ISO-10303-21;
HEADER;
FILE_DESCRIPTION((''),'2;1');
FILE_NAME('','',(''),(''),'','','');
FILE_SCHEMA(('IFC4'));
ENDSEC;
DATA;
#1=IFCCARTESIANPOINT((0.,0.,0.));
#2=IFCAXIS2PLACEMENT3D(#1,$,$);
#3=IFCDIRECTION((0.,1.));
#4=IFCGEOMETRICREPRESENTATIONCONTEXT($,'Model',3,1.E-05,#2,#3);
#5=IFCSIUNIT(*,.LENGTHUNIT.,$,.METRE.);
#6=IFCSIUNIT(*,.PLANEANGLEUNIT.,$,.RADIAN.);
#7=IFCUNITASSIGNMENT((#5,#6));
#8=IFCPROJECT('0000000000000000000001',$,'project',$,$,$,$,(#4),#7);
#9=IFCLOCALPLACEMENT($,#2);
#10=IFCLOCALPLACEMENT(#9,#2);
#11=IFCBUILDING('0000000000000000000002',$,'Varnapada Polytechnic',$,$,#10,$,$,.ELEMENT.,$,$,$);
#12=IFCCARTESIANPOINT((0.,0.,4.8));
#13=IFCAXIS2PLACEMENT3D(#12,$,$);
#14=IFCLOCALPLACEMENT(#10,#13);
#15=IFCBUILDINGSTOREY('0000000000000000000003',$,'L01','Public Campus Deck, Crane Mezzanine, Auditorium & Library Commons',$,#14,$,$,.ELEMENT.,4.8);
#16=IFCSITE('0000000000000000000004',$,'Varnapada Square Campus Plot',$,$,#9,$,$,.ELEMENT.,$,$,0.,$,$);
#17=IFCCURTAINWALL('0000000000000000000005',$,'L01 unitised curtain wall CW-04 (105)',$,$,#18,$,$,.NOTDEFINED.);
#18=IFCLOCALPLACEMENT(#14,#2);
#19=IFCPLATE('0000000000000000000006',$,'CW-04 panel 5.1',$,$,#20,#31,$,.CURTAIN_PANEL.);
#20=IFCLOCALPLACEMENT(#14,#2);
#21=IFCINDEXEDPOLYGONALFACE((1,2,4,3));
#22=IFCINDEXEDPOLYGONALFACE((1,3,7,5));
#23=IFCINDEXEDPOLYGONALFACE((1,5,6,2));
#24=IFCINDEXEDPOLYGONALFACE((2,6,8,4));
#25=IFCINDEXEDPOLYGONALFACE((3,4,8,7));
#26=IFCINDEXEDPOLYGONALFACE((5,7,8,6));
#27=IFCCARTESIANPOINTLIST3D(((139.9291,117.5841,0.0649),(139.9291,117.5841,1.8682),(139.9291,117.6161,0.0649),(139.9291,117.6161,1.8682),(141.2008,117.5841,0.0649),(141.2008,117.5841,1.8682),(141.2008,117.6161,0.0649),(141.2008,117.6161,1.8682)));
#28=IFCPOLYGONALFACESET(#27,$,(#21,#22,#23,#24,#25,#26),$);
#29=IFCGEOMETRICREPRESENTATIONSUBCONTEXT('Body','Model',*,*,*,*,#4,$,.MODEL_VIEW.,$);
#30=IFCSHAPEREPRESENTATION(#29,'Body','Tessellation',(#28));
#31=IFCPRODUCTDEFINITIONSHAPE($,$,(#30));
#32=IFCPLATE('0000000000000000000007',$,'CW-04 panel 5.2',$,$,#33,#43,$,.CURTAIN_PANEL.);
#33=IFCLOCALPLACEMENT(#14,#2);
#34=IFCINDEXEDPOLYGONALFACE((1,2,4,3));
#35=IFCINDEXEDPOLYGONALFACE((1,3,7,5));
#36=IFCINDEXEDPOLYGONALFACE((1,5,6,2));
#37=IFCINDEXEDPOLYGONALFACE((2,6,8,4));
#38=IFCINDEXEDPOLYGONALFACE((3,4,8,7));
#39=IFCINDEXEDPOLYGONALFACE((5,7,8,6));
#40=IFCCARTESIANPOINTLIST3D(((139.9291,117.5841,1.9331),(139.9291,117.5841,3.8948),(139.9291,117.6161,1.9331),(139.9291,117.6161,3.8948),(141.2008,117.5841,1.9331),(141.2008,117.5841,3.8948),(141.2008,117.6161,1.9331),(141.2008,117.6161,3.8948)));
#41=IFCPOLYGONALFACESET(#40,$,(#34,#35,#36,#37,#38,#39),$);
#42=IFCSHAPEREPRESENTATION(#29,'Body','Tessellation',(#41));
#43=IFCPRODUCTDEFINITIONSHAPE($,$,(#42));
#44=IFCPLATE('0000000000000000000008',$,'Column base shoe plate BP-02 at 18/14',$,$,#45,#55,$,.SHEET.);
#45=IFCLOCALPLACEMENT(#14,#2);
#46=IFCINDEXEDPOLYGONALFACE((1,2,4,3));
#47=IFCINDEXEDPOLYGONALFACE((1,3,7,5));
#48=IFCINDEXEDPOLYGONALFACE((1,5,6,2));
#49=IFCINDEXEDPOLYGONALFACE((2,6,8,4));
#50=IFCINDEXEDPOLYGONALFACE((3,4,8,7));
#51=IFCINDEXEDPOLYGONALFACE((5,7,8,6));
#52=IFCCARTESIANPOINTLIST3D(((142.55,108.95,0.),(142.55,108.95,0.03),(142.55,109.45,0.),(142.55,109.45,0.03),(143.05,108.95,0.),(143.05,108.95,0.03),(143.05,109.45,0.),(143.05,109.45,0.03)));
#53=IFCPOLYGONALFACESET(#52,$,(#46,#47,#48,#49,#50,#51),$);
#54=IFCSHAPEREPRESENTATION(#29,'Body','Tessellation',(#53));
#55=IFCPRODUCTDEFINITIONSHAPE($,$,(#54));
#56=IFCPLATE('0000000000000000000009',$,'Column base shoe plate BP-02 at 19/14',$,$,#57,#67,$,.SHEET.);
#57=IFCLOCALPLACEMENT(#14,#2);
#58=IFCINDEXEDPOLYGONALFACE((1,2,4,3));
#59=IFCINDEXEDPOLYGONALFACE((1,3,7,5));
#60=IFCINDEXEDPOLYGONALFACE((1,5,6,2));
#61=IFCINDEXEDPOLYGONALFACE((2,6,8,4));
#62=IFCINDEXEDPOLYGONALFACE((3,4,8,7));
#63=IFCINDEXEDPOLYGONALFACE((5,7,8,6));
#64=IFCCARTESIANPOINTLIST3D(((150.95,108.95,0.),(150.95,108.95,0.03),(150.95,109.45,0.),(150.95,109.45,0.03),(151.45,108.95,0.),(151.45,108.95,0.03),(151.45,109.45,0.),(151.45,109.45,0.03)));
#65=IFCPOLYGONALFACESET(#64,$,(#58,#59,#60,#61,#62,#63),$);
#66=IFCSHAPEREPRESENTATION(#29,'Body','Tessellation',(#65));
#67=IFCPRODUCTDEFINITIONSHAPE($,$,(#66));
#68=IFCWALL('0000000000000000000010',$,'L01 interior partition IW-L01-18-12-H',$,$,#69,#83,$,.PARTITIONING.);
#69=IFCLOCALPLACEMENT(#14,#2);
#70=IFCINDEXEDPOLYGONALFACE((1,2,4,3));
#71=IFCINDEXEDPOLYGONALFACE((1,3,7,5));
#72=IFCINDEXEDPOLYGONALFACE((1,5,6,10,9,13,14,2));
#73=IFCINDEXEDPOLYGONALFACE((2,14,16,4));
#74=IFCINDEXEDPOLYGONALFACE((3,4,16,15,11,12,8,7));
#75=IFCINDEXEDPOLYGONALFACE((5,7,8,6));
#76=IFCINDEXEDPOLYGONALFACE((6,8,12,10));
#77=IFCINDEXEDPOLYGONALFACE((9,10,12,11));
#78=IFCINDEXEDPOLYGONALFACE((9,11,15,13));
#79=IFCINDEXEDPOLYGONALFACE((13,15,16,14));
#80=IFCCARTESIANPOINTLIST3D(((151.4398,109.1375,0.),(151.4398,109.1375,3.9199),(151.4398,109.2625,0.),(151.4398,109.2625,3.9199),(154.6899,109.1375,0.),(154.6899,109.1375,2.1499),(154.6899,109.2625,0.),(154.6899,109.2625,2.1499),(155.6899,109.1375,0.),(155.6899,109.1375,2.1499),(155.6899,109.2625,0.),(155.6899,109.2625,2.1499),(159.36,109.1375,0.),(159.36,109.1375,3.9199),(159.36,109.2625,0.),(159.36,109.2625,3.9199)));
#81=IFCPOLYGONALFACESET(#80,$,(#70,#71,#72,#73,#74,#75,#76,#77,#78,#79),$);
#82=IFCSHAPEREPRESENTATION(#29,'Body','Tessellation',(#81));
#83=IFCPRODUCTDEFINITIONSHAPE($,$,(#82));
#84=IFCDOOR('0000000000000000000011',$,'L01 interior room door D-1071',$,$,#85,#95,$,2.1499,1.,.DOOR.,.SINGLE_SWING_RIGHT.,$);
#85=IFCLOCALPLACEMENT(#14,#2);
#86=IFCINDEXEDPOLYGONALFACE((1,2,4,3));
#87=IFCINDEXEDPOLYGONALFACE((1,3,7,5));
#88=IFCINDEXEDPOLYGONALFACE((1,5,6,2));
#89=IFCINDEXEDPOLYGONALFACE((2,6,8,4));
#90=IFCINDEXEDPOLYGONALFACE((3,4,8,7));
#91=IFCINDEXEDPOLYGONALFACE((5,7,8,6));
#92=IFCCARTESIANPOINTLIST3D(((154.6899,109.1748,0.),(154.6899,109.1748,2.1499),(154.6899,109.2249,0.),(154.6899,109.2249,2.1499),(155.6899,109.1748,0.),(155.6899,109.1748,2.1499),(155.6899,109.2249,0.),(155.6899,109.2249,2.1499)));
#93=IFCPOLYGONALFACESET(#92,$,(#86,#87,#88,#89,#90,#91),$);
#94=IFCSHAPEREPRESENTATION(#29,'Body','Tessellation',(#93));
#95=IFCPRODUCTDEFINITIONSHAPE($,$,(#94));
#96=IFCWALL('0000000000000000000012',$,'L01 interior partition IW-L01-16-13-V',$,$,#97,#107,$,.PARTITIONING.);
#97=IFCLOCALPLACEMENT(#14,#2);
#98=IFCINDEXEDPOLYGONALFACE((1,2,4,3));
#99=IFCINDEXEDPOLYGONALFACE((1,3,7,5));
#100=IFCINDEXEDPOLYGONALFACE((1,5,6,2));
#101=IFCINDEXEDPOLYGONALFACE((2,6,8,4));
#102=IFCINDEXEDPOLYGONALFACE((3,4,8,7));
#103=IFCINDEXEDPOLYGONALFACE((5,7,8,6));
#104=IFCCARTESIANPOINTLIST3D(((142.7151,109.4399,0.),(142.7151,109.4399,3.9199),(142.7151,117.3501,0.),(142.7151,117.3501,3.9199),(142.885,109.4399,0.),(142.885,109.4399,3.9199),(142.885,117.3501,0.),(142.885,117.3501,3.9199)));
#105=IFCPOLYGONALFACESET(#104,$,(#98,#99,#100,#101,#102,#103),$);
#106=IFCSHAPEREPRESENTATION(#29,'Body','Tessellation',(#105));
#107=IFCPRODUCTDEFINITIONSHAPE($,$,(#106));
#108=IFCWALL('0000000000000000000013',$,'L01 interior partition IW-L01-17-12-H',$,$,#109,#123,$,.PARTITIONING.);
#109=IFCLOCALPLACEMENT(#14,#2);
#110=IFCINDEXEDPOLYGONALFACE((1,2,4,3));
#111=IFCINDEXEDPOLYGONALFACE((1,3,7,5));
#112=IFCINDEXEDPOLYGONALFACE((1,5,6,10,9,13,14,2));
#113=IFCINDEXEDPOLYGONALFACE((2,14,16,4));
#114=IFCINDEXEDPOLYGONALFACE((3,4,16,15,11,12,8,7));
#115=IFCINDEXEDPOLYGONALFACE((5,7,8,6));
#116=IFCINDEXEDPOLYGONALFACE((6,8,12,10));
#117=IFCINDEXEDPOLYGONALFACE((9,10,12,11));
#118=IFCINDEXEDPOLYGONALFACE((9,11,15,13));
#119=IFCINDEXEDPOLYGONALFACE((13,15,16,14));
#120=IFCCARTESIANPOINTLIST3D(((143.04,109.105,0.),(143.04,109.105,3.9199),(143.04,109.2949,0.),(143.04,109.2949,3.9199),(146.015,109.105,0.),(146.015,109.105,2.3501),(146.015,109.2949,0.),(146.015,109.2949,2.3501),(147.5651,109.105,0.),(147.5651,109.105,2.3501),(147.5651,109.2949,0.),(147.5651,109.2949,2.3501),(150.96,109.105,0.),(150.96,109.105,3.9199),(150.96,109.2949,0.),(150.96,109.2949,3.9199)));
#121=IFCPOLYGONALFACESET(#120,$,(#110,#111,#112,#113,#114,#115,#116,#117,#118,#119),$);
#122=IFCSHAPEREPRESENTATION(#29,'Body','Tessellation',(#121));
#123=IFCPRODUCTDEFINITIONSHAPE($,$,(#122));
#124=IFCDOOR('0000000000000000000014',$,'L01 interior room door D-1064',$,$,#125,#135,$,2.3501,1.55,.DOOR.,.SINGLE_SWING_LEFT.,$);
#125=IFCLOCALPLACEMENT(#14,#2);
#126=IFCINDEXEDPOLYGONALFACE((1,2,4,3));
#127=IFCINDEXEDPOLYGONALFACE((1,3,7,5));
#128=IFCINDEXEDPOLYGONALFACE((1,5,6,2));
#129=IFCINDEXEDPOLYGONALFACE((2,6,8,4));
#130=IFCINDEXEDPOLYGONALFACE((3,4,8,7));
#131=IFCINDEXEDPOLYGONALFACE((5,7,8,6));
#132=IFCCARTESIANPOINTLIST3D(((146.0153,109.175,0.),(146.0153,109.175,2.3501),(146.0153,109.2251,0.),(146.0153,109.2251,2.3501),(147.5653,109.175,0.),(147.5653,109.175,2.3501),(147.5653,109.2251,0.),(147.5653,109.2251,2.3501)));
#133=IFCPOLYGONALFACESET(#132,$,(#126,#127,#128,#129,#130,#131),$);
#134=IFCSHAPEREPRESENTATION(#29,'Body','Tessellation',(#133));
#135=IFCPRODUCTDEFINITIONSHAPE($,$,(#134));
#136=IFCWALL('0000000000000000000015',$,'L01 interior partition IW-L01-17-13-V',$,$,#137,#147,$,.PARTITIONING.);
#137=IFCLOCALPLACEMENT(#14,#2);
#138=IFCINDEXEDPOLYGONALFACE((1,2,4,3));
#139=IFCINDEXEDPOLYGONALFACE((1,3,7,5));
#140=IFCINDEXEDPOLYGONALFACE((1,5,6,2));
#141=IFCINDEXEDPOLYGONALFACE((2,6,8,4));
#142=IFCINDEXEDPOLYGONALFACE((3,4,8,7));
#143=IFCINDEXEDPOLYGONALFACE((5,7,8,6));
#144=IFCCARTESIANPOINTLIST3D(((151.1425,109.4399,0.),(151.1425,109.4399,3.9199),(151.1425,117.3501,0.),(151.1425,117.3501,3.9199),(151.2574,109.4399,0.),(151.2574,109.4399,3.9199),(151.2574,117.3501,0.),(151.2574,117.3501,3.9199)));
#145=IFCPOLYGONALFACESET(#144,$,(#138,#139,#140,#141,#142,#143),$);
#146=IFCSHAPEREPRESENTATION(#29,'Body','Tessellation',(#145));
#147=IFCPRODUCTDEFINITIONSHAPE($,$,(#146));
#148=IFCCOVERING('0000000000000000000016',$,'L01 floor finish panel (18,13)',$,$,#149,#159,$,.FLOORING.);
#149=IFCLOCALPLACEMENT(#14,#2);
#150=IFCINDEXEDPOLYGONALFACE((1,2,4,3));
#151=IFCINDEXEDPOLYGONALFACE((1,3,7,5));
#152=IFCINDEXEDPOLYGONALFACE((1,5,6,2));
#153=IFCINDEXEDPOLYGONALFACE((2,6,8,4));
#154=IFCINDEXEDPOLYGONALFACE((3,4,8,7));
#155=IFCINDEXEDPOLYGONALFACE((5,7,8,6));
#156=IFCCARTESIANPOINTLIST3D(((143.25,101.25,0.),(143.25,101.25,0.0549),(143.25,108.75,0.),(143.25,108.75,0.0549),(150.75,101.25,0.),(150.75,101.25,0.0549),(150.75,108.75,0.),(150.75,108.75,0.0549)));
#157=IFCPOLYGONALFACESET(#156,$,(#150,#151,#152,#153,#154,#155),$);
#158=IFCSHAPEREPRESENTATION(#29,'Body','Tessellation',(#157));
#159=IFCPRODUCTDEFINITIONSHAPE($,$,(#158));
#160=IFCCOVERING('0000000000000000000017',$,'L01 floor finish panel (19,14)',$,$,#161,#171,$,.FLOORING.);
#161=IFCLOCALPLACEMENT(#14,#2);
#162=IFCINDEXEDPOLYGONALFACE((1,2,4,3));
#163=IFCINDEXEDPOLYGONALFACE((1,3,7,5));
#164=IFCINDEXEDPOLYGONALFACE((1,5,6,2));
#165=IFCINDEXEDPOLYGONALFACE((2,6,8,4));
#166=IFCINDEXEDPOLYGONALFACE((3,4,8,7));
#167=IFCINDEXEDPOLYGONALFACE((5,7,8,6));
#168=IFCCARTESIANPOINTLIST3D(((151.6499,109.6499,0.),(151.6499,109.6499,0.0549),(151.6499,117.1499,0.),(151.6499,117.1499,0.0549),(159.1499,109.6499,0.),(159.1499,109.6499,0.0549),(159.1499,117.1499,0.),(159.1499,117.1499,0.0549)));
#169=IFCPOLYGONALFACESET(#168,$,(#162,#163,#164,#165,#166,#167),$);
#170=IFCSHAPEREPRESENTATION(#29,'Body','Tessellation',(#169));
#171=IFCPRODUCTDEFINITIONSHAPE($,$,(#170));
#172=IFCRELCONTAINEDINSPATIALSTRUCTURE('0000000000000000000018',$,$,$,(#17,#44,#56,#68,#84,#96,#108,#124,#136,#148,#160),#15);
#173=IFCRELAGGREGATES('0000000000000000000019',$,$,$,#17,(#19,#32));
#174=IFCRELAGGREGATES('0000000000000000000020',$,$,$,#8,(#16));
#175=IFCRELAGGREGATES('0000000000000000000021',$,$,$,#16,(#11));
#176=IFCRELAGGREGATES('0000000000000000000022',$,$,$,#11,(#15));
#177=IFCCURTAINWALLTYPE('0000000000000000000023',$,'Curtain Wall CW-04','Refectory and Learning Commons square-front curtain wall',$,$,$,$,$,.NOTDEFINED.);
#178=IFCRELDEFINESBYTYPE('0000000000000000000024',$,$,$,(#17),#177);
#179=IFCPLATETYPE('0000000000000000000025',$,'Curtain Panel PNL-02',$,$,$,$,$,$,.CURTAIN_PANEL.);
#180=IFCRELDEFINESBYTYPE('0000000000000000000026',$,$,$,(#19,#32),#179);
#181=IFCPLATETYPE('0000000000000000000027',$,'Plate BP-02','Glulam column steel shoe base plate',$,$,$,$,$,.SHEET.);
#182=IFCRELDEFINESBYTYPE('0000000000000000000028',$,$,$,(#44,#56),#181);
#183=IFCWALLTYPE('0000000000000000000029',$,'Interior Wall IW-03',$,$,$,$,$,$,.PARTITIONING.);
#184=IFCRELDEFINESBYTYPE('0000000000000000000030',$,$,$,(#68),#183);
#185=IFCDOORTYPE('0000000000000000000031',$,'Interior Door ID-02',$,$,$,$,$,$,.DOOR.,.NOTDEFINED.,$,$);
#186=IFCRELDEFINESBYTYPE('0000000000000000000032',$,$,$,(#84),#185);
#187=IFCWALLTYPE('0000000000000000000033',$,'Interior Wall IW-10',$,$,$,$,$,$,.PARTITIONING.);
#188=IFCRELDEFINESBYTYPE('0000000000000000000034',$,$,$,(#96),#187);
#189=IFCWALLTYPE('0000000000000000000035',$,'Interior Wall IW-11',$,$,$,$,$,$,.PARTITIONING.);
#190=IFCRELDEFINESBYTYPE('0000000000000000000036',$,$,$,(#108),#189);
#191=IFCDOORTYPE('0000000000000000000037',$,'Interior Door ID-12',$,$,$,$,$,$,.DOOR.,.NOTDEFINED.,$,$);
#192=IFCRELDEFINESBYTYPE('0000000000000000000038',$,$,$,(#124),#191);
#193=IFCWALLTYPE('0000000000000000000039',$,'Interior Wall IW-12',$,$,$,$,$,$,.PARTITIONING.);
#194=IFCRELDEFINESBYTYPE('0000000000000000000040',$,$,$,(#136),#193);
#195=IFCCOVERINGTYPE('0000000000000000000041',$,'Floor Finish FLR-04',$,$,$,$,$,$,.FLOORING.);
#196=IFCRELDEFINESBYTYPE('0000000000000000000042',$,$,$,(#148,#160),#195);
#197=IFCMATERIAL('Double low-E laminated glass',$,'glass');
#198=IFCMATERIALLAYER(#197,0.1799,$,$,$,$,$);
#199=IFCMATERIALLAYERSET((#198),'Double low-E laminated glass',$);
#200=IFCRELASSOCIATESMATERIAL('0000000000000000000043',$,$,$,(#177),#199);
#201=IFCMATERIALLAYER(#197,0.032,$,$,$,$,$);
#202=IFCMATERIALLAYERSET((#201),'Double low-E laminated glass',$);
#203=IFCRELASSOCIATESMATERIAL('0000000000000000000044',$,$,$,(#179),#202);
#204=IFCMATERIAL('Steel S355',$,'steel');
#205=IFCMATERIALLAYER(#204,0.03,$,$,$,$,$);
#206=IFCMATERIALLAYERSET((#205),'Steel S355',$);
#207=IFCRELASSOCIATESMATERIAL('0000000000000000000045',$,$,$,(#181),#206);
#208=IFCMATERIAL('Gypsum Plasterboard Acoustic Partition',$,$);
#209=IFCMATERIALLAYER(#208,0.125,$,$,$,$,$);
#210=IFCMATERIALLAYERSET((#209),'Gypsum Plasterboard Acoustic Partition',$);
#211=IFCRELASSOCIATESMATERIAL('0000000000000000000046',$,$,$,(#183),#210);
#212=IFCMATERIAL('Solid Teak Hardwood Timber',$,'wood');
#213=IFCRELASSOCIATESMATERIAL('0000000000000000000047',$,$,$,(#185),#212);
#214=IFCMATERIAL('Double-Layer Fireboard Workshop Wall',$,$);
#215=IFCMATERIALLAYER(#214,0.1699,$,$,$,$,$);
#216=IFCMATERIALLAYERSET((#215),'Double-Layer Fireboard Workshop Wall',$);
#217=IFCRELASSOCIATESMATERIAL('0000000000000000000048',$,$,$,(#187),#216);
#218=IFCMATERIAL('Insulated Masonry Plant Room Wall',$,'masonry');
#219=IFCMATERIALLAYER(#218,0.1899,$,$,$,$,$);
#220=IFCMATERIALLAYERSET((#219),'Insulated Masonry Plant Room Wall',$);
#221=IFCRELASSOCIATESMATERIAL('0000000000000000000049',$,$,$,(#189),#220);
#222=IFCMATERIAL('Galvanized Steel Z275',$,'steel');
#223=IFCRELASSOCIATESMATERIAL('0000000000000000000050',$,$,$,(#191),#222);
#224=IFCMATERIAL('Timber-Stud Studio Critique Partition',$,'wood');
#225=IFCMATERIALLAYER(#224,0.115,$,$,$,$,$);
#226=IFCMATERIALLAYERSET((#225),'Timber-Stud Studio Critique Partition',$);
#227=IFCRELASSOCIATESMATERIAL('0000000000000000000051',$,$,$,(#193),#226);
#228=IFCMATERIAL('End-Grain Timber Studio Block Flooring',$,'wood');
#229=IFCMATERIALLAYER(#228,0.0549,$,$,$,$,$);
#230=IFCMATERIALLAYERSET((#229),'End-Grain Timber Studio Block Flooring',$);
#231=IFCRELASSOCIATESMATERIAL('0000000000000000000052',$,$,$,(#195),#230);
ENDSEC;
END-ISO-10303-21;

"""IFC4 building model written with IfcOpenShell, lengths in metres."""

from ifc_helpers import new_model, si_unit, direction, frame, frame_2d, origin, origin_2d, place, context, subcontext, project, spatial, rectangle, extrude, material, layer, layer_set, type_object, element, fill, aggregate, save


model = new_model("IFC4")

# Units and contexts
model_context = context("Model", 3, precision=1e-05, world=origin(), true_north=direction((0.0, 1.0)))
body_context = subcontext(model_context, "Body", "Model", "MODEL_VIEW")
ifc_project = project(units=[si_unit("LENGTHUNIT", "METRE"), si_unit("PLANEANGLEUNIT", "RADIAN")], contexts=[model_context])

# Site, building, storey
site_placement = place(None, origin())
site = spatial("IfcSite", under=ifc_project, at=site_placement, Name="Varnapada Square Campus Plot", CompositionType="ELEMENT", RefElevation=0.0)
building_placement = place(site_placement, origin())
building = spatial("IfcBuilding", under=site, at=building_placement, Name="Varnapada Polytechnic", CompositionType="ELEMENT")
storey_placement = place(building_placement, frame((0.0, 0.0, 4.8)))
storey = spatial("IfcBuildingStorey", under=building, at=storey_placement, Name="L01", Description="Public Campus Deck, Crane Mezzanine, Auditorium & Library Commons", CompositionType="ELEMENT", Elevation=4.8)

# Curtain wall
ifc_material_1 = material(Name="Double low-E laminated glass", Category="glass")
ifc_layer_1 = layer(ifc_material_1, 0.1799)
ifc_layer_set_1 = layer_set([ifc_layer_1], Name="Double low-E laminated glass")
curtain_wall_type = type_object("IfcCurtainWallType", Name="Curtain Wall CW-04", Description="Refectory and Learning Commons square-front curtain wall", PredefinedType="NOTDEFINED", material=ifc_layer_set_1)
curtain_wall_placement = place(storey_placement, origin())
curtain_wall = element("IfcCurtainWall", 1, at=curtain_wall_placement, inside=storey, type_object=curtain_wall_type, Name="L01 unitised curtain wall CW-04 (105)", PredefinedType="NOTDEFINED")

# Plates
ifc_layer_2 = layer(ifc_material_1, 0.032)
ifc_layer_set_2 = layer_set([ifc_layer_2], Name="Double low-E laminated glass")
plate_type_1 = type_object("IfcPlateType", Name="Curtain Panel PNL-02", PredefinedType="CURTAIN_PANEL", material=ifc_layer_set_2)
plate_1_placement = place(storey_placement, frame((140.5649, 117.6001, 0.0649), z_axis=(0.0, 0.0, 1.0), x_axis=(1.0, 0.0, 0.0)))
plate_1 = element("IfcPlate", 2, at=plate_1_placement, type_object=plate_type_1, Name="CW-04 panel 5.1", PredefinedType="CURTAIN_PANEL", context=body_context, shape_type="SweptSolid", body=[
    extrude(rectangle(XDim=1.2717, YDim=0.032, at=origin_2d()), origin(), (0.0, 0.0, 1.0), 1.8032),
])
plate_2_placement = place(storey_placement, frame((140.5649, 117.6001, 1.9331), z_axis=(0.0, 0.0, 1.0), x_axis=(1.0, 0.0, 0.0)))
plate_2 = element("IfcPlate", 3, at=plate_2_placement, type_object=plate_type_1, Name="CW-04 panel 5.2", PredefinedType="CURTAIN_PANEL", context=body_context, shape_type="SweptSolid", body=[
    extrude(rectangle(XDim=1.2717, YDim=0.032, at=origin_2d()), origin(), (0.0, 0.0, 1.0), 1.9617),
])
aggregate(curtain_wall, [plate_1, plate_2])

# Plates
ifc_material_2 = material(Name="Steel S355", Category="steel")
ifc_layer_3 = layer(ifc_material_2, 0.03)
ifc_layer_set_3 = layer_set([ifc_layer_3], Name="Steel S355")
plate_type_2 = type_object("IfcPlateType", Name="Plate BP-02", Description="Glulam column steel shoe base plate", PredefinedType="SHEET", material=ifc_layer_set_3)
for number, where, z_axis, x_axis, name in (
    (4, (142.8, 109.2, 0.0), (0.0, 0.0, 1.0), (1.0, 0.0, 0.0), "Column base shoe plate BP-02 at 18/14"),
    (5, (151.2, 109.2, 0.0), (0.0, 0.0, 1.0), (1.0, 0.0, 0.0), "Column base shoe plate BP-02 at 19/14"),
):
    element("IfcPlate", number, at=place(storey_placement, frame(where, z_axis=z_axis, x_axis=x_axis)), inside=storey, type_object=plate_type_2, Name=name, PredefinedType="SHEET", context=body_context, shape_type="SweptSolid", body=[
        extrude(rectangle(XDim=0.5, YDim=0.5, at=origin_2d()), origin(), (0.0, 0.0, 1.0), 0.03),
    ])

# Wall, opening, door
ifc_material_3 = material(Name="Gypsum Plasterboard Acoustic Partition")
ifc_layer_4 = layer(ifc_material_3, 0.125)
ifc_layer_set_4 = layer_set([ifc_layer_4], Name="Gypsum Plasterboard Acoustic Partition")
wall_type_1 = type_object("IfcWallType", Name="Interior Wall IW-03", PredefinedType="PARTITIONING", material=ifc_layer_set_4)
wall_1_placement = place(storey_placement, frame((151.4399, 109.2, 0.0), z_axis=(0.0, 0.0, 1.0), x_axis=(1.0, 0.0, 0.0)))
wall_1 = element("IfcWall", 6, at=wall_1_placement, inside=storey, type_object=wall_type_1, Name="L01 interior partition IW-L01-18-12-H", PredefinedType="PARTITIONING", context=body_context, shape_type="SweptSolid", body=[
    extrude(rectangle(XDim=7.9202, YDim=0.125, at=frame_2d((3.96, 0.0))), origin(), (0.0, 0.0, 1.0), 3.9199),
])
opening_1_placement = place(wall_1_placement, frame((3.25, 0.0, 0.0)))
opening_1 = element("IfcOpeningElement", 7, at=opening_1_placement, cuts=wall_1, PredefinedType="OPENING", context=body_context, shape_type="SweptSolid", body=[
    extrude(rectangle(XDim=1.0, YDim=2.1499, at=frame_2d((0.5, 1.075))), frame((0.0, 0.0725, 0.0), z_axis=(0.0, -1.0, 0.0), x_axis=(1.0, 0.0, 0.0)), (0.0, 0.0, 1.0), 0.145),
])
ifc_material_4 = material(Name="Solid Teak Hardwood Timber", Category="wood")
door_type_1 = type_object("IfcDoorType", Name="Interior Door ID-02", OperationType="NOTDEFINED", PredefinedType="DOOR", material=ifc_material_4)
door_1_placement = place(opening_1_placement, origin())
door_1 = element("IfcDoor", 8, at=door_1_placement, inside=storey, type_object=door_type_1, Name="L01 interior room door D-1071", OperationType="SINGLE_SWING_RIGHT", OverallHeight=2.1499, OverallWidth=1.0, PredefinedType="DOOR", context=body_context, shape_type="SweptSolid", body=[
    extrude(rectangle(XDim=1.0, YDim=2.1499, at=frame_2d((0.5, 1.075))), frame((0.0, 0.0249, 0.0), z_axis=(0.0, -1.0, 0.0), x_axis=(1.0, 0.0, 0.0)), (0.0, 0.0, 1.0), 0.05),
])
fill(opening_1, door_1)

# Wall
ifc_material_5 = material(Name="Double-Layer Fireboard Workshop Wall")
ifc_layer_5 = layer(ifc_material_5, 0.1699)
ifc_layer_set_5 = layer_set([ifc_layer_5], Name="Double-Layer Fireboard Workshop Wall")
wall_type_2 = type_object("IfcWallType", Name="Interior Wall IW-10", PredefinedType="PARTITIONING", material=ifc_layer_set_5)
wall_2_placement = place(storey_placement, frame((142.8, 109.4399, 0.0), z_axis=(0.0, 0.0, 1.0), x_axis=(0.0, 1.0, 0.0)))
element("IfcWall", 9, at=wall_2_placement, inside=storey, type_object=wall_type_2, Name="L01 interior partition IW-L01-16-13-V", PredefinedType="PARTITIONING", context=body_context, shape_type="SweptSolid", body=[
    extrude(rectangle(XDim=7.9102, YDim=0.1699, at=frame_2d((3.9551, 0.0))), origin(), (0.0, 0.0, 1.0), 3.9199),
])

# Wall, opening, door
ifc_material_6 = material(Name="Insulated Masonry Plant Room Wall", Category="masonry")
ifc_layer_6 = layer(ifc_material_6, 0.1899)
ifc_layer_set_6 = layer_set([ifc_layer_6], Name="Insulated Masonry Plant Room Wall")
wall_type_3 = type_object("IfcWallType", Name="Interior Wall IW-11", PredefinedType="PARTITIONING", material=ifc_layer_set_6)
wall_3_placement = place(storey_placement, frame((143.04, 109.2, 0.0), z_axis=(0.0, 0.0, 1.0), x_axis=(1.0, 0.0, 0.0)))
wall_3 = element("IfcWall", 10, at=wall_3_placement, inside=storey, type_object=wall_type_3, Name="L01 interior partition IW-L01-17-12-H", PredefinedType="PARTITIONING", context=body_context, shape_type="SweptSolid", body=[
    extrude(rectangle(XDim=7.9199, YDim=0.1899, at=frame_2d((3.96, 0.0))), origin(), (0.0, 0.0, 1.0), 3.9199),
])
opening_2_placement = place(wall_3_placement, frame((2.9751, 0.0, 0.0)))
opening_2 = element("IfcOpeningElement", 11, at=opening_2_placement, cuts=wall_3, PredefinedType="OPENING", context=body_context, shape_type="SweptSolid", body=[
    extrude(rectangle(XDim=1.55, YDim=2.3501, at=frame_2d((0.7749, 1.175))), frame((0.0, 0.105, 0.0), z_axis=(0.0, -1.0, 0.0), x_axis=(1.0, 0.0, 0.0)), (0.0, 0.0, 1.0), 0.21),
])
ifc_material_7 = material(Name="Galvanized Steel Z275", Category="steel")
door_type_2 = type_object("IfcDoorType", Name="Interior Door ID-12", OperationType="NOTDEFINED", PredefinedType="DOOR", material=ifc_material_7)
door_2_placement = place(opening_2_placement, frame((1.55, 0.0, 0.0), z_axis=(0.0, 0.0, 1.0), x_axis=(-1.0, 0.0, 0.0)))
door_2 = element("IfcDoor", 12, at=door_2_placement, inside=storey, type_object=door_type_2, Name="L01 interior room door D-1064", OperationType="SINGLE_SWING_LEFT", OverallHeight=2.3501, OverallWidth=1.55, PredefinedType="DOOR", context=body_context, shape_type="SweptSolid", body=[
    extrude(rectangle(XDim=1.55, YDim=2.3501, at=frame_2d((0.7749, 1.175))), frame((0.0, 0.0249, 0.0), z_axis=(0.0, -1.0, 0.0), x_axis=(1.0, 0.0, 0.0)), (0.0, 0.0, 1.0), 0.05),
])
fill(opening_2, door_2)

# Wall
ifc_material_8 = material(Name="Timber-Stud Studio Critique Partition", Category="wood")
ifc_layer_7 = layer(ifc_material_8, 0.115)
ifc_layer_set_7 = layer_set([ifc_layer_7], Name="Timber-Stud Studio Critique Partition")
wall_type_4 = type_object("IfcWallType", Name="Interior Wall IW-12", PredefinedType="PARTITIONING", material=ifc_layer_set_7)
wall_4_placement = place(storey_placement, frame((151.2, 109.4399, 0.0), z_axis=(0.0, 0.0, 1.0), x_axis=(0.0, 1.0, 0.0)))
element("IfcWall", 13, at=wall_4_placement, inside=storey, type_object=wall_type_4, Name="L01 interior partition IW-L01-17-13-V", PredefinedType="PARTITIONING", context=body_context, shape_type="SweptSolid", body=[
    extrude(rectangle(XDim=7.9102, YDim=0.115, at=frame_2d((3.9551, 0.0))), origin(), (0.0, 0.0, 1.0), 3.9199),
])

# Coverings
ifc_material_9 = material(Name="End-Grain Timber Studio Block Flooring", Category="wood")
ifc_layer_8 = layer(ifc_material_9, 0.0549)
ifc_layer_set_8 = layer_set([ifc_layer_8], Name="End-Grain Timber Studio Block Flooring")
covering_type_1 = type_object("IfcCoveringType", Name="Floor Finish FLR-04", PredefinedType="FLOORING", material=ifc_layer_set_8)
for number, where, z_axis, x_axis, name in (
    (14, (147.0, 105.0, 0.0), (0.0, 0.0, 1.0), (1.0, 0.0, 0.0), "L01 floor finish panel (18,13)"),
    (15, (155.3999, 113.3999, 0.0), (0.0, 0.0, 1.0), (1.0, 0.0, 0.0), "L01 floor finish panel (19,14)"),
):
    element("IfcCovering", number, at=place(storey_placement, frame(where, z_axis=z_axis, x_axis=x_axis)), inside=storey, type_object=covering_type_1, Name=name, PredefinedType="FLOORING", context=body_context, shape_type="SweptSolid", body=[
        extrude(rectangle(XDim=7.5, YDim=7.5, at=origin_2d()), origin(), (0.0, 0.0, 1.0), 0.0549),
    ])

save(model, "model.ifc")
